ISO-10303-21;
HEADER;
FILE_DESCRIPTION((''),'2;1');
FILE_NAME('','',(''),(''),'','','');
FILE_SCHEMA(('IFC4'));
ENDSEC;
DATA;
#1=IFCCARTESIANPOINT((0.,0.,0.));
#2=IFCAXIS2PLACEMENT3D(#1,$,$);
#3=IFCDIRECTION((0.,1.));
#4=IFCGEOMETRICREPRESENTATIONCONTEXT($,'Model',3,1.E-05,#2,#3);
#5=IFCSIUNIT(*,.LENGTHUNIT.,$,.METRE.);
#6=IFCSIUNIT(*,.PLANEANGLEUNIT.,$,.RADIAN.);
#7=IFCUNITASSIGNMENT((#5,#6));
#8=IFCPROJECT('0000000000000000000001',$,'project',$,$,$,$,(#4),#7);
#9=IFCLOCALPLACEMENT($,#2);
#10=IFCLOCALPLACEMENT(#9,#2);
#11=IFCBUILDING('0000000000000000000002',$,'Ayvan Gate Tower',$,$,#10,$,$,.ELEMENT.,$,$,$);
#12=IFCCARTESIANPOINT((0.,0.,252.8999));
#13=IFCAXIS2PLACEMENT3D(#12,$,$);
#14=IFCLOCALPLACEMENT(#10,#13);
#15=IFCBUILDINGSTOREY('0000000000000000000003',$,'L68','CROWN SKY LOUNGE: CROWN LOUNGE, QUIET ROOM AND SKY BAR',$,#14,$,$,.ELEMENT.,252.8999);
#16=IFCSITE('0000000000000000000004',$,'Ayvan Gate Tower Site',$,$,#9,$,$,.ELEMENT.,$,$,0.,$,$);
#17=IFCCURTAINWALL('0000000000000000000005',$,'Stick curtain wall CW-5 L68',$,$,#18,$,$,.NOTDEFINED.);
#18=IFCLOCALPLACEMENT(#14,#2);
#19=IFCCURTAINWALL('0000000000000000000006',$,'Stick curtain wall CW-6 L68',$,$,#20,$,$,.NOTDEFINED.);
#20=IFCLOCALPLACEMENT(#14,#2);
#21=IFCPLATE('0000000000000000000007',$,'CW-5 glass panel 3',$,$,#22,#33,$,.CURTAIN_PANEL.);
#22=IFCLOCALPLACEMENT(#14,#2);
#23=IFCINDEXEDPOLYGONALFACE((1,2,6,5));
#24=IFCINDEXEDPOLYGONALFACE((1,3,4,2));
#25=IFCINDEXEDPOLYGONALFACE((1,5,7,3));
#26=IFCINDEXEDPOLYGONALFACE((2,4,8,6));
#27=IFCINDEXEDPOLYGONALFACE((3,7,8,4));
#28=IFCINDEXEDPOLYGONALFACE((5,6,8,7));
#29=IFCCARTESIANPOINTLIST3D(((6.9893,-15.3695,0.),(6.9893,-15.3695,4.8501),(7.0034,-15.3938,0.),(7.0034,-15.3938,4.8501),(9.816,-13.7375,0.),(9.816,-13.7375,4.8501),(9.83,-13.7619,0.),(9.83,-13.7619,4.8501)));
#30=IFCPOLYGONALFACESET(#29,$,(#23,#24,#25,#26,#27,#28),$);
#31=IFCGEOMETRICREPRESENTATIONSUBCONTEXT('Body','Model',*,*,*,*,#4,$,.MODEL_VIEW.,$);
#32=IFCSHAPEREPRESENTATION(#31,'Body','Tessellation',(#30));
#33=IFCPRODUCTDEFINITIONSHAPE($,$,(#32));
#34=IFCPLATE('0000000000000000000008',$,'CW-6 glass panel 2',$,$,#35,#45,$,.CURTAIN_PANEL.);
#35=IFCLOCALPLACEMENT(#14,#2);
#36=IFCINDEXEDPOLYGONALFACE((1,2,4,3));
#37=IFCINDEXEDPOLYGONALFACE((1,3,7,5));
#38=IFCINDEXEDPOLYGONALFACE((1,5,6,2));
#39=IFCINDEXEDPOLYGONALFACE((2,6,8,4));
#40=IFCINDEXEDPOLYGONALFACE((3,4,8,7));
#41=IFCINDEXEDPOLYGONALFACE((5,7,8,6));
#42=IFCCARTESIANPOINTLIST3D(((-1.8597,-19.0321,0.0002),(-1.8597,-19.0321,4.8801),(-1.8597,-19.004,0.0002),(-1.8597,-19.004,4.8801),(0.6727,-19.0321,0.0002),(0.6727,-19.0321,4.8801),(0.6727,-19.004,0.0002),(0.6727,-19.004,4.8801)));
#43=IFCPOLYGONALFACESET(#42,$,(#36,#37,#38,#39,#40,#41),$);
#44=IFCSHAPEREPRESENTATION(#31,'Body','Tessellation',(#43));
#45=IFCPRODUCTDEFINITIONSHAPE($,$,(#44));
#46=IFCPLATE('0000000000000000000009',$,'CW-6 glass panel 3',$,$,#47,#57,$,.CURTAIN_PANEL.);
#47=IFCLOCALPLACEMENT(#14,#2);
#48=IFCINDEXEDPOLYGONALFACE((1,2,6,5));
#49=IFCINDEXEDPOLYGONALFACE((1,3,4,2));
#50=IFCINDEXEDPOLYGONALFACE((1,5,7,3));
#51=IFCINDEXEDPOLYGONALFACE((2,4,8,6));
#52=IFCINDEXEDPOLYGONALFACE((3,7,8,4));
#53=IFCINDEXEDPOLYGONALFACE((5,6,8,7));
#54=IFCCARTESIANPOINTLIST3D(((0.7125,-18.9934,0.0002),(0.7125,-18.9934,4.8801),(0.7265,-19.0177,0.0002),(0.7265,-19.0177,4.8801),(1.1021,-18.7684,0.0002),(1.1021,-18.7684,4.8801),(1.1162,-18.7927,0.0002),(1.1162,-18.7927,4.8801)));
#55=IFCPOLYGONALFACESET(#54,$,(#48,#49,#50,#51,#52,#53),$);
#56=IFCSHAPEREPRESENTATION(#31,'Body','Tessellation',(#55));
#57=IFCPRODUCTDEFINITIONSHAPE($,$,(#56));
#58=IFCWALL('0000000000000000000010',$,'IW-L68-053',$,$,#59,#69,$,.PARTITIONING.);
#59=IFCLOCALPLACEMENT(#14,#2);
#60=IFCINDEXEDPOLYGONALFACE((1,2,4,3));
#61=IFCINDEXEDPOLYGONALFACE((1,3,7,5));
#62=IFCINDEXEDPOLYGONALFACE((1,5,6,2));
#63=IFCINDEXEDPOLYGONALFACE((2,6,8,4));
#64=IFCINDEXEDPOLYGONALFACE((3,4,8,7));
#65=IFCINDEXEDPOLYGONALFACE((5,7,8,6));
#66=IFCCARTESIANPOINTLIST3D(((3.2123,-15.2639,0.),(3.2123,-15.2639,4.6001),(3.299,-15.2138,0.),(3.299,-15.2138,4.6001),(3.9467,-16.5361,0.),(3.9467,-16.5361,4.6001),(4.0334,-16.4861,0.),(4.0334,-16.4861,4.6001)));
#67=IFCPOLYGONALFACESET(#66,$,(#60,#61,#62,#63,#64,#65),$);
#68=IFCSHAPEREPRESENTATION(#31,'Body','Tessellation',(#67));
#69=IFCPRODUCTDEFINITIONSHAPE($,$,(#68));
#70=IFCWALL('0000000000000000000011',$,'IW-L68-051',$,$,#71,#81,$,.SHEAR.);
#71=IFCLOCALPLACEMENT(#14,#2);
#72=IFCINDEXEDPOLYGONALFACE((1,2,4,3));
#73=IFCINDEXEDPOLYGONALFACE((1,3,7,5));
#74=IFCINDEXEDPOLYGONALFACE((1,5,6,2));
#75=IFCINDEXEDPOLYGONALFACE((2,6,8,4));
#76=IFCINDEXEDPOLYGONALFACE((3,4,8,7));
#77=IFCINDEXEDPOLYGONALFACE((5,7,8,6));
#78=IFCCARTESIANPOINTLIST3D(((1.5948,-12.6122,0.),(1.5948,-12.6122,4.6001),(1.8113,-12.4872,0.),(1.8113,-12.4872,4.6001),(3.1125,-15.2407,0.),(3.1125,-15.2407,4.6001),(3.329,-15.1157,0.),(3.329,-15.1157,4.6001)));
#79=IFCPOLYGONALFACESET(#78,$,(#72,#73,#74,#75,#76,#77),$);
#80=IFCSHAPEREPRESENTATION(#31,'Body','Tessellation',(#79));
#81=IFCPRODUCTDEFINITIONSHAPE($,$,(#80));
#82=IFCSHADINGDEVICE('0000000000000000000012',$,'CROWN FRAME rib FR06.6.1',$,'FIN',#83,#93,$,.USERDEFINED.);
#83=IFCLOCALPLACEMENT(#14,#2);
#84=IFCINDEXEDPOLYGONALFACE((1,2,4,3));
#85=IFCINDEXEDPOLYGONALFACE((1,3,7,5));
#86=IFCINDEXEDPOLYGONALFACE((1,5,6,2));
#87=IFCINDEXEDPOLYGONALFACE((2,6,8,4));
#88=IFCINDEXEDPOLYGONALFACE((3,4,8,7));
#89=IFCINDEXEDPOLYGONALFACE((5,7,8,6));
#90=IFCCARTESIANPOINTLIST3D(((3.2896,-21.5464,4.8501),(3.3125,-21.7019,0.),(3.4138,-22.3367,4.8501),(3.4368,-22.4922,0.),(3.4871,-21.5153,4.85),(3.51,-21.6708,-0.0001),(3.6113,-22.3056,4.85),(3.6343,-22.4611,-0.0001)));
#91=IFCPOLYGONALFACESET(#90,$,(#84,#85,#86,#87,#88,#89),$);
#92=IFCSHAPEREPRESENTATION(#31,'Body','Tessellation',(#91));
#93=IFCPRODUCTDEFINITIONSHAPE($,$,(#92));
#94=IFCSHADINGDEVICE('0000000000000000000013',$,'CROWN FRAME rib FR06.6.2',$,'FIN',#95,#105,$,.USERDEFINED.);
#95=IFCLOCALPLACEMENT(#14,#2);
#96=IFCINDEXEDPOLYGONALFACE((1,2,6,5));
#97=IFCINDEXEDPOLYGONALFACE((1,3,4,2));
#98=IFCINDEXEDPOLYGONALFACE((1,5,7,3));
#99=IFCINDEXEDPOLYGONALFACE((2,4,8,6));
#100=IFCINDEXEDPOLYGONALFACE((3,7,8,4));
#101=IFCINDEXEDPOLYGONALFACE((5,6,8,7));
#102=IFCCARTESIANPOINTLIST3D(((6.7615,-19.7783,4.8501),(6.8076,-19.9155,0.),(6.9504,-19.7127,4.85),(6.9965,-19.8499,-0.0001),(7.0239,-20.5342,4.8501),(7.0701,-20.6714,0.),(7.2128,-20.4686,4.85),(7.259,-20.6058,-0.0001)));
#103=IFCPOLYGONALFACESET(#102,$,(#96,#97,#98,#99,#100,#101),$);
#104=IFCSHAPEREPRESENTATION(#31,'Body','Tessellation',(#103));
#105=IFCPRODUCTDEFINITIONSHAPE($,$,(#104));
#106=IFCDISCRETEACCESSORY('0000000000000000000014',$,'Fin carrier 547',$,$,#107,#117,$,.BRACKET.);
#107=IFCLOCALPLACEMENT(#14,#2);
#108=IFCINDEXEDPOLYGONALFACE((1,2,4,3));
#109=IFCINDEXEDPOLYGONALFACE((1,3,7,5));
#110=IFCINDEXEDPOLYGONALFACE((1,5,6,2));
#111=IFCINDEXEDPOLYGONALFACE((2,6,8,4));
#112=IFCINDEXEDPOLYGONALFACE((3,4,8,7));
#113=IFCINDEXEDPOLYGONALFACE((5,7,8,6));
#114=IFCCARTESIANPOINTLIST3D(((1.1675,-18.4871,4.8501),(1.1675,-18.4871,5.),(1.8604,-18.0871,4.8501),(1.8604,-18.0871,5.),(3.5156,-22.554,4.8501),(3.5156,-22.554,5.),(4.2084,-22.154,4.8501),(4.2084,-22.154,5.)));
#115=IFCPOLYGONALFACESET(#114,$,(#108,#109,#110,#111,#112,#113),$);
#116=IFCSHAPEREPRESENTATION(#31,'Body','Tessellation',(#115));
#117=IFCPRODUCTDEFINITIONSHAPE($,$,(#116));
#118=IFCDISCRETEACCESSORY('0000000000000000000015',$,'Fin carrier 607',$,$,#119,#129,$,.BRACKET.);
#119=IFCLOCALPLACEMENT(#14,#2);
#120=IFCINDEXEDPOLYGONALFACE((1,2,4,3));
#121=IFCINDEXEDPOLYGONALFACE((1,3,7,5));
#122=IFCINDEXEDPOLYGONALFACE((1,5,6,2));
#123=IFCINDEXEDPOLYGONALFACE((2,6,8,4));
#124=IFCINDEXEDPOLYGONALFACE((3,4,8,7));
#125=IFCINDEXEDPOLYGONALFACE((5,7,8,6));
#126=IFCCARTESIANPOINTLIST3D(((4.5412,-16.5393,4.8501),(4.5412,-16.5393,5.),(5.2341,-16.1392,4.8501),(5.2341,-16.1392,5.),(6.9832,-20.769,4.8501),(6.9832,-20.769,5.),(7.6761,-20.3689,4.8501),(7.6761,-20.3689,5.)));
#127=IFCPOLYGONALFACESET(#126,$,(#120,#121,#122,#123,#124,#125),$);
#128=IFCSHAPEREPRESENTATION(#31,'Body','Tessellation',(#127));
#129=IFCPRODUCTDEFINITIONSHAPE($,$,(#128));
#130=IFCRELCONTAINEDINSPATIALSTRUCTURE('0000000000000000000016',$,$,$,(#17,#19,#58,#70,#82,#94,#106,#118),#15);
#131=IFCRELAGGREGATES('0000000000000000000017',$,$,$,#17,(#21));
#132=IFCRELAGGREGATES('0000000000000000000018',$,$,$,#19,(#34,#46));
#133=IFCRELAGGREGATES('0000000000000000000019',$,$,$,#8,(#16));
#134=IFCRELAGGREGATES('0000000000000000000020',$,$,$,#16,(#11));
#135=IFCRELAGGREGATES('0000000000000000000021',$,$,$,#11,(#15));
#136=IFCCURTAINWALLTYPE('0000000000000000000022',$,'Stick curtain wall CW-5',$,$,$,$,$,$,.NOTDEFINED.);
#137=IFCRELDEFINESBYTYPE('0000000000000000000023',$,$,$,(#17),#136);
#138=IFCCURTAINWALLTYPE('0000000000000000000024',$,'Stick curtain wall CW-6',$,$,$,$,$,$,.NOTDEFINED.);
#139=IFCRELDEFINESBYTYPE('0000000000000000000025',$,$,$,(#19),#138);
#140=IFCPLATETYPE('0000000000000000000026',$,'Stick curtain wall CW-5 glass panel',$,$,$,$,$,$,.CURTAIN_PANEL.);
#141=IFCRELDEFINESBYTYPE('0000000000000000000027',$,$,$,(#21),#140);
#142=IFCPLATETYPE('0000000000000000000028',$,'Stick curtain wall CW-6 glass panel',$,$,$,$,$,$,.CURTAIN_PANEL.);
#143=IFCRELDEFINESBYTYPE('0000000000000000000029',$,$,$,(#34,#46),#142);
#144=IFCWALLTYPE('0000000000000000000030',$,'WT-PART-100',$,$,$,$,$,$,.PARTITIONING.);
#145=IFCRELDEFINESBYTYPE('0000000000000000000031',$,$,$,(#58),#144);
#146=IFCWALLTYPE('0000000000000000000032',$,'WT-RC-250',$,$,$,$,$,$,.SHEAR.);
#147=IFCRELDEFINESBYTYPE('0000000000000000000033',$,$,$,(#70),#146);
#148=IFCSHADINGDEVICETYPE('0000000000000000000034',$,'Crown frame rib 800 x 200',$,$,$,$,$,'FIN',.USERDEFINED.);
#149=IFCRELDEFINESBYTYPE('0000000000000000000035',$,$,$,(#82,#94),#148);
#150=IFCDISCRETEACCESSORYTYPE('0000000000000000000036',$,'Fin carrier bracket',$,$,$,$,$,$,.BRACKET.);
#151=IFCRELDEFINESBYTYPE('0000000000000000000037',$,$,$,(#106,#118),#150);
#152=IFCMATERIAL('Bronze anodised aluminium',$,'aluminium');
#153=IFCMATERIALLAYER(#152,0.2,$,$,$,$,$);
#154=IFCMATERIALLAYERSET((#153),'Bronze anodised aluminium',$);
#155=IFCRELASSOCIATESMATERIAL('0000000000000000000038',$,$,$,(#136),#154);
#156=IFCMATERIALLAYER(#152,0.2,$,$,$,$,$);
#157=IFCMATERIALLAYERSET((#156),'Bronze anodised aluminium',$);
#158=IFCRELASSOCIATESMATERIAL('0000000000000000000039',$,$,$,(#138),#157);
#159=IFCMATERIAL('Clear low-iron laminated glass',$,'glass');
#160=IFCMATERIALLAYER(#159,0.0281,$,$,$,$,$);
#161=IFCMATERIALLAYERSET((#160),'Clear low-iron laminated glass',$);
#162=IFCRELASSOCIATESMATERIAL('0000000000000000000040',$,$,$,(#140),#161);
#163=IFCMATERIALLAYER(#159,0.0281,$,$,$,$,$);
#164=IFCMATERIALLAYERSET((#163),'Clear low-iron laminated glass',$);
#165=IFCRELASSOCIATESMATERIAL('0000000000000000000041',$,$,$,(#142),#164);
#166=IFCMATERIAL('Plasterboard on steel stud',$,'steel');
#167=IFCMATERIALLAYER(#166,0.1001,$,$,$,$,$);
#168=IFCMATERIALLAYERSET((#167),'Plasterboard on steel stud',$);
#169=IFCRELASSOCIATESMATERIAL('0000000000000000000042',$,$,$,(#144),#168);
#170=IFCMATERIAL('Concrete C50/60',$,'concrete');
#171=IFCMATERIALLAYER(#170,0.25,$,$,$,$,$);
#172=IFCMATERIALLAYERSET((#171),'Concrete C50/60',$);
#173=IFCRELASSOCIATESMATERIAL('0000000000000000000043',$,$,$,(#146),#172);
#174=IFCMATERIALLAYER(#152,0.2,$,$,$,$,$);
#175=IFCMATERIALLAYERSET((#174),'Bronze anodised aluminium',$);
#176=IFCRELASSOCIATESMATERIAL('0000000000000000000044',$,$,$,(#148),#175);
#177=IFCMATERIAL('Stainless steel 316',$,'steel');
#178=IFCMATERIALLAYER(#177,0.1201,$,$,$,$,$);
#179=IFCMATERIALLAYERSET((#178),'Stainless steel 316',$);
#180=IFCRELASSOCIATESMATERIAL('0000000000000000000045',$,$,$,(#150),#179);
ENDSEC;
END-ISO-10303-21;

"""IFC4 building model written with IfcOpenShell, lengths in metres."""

from ifc_helpers import new_model, si_unit, direction, frame, frame_2d, origin, origin_2d, place, context, subcontext, project, spatial, polyline, rectangle, outline, extrude, material, layer, layer_set, type_object, element, aggregate, save


model = new_model("IFC4")

# Units and contexts
model_context = context("Model", 3, precision=1e-05, world=origin(), true_north=direction((0.0, 1.0)))
body_context = subcontext(model_context, "Body", "Model", "MODEL_VIEW")
ifc_project = project(units=[si_unit("LENGTHUNIT", "METRE"), si_unit("PLANEANGLEUNIT", "RADIAN")], contexts=[model_context])

# Site, building, storey
site_placement = place(None, origin())
site = spatial("IfcSite", under=ifc_project, at=site_placement, Name="Ayvan Gate Tower Site", CompositionType="ELEMENT", RefElevation=0.0)
building_placement = place(site_placement, origin())
building = spatial("IfcBuilding", under=site, at=building_placement, Name="Ayvan Gate Tower", CompositionType="ELEMENT")
storey_placement = place(building_placement, frame((0.0, 0.0, 252.8999)))
storey = spatial("IfcBuildingStorey", under=building, at=storey_placement, Name="L68", Description="CROWN SKY LOUNGE: CROWN LOUNGE, QUIET ROOM AND SKY BAR", CompositionType="ELEMENT", Elevation=252.8999)

# Shared definitions
ifc_material_1 = material(Name="Concrete C50/60", Category="concrete")

# Curtain walls
ifc_material_2 = material(Name="Bronze anodised aluminium", Category="aluminium")
ifc_layer_1 = layer(ifc_material_2, 0.2)
ifc_layer_set_1 = layer_set([ifc_layer_1], Name="Bronze anodised aluminium")
curtain_wall_type_1 = type_object("IfcCurtainWallType", Name="Stick curtain wall CW-5", PredefinedType="NOTDEFINED", material=ifc_layer_set_1)
curtain_wall_1_placement = place(storey_placement, origin())
curtain_wall_1 = element("IfcCurtainWall", 1, at=curtain_wall_1_placement, inside=storey, type_object=curtain_wall_type_1, Name="Stick curtain wall CW-5 L68", PredefinedType="NOTDEFINED")
ifc_layer_2 = layer(ifc_material_2, 0.2)
ifc_layer_set_2 = layer_set([ifc_layer_2], Name="Bronze anodised aluminium")
curtain_wall_type_2 = type_object("IfcCurtainWallType", Name="Stick curtain wall CW-6", PredefinedType="NOTDEFINED", material=ifc_layer_set_2)
curtain_wall_2_placement = place(storey_placement, origin())
curtain_wall_2 = element("IfcCurtainWall", 2, at=curtain_wall_2_placement, inside=storey, type_object=curtain_wall_type_2, Name="Stick curtain wall CW-6 L68", PredefinedType="NOTDEFINED")

# Plates
ifc_material_3 = material(Name="Clear low-iron laminated glass", Category="glass")
ifc_layer_3 = layer(ifc_material_3, 0.0281)
ifc_layer_set_3 = layer_set([ifc_layer_3], Name="Clear low-iron laminated glass")
plate_type_1 = type_object("IfcPlateType", Name="Stick curtain wall CW-5 glass panel", PredefinedType="CURTAIN_PANEL", material=ifc_layer_set_3)
plate_1_placement = place(storey_placement, frame((8.4097, -14.5657, 0.0), z_axis=(0.0, 0.0, 1.0), x_axis=(0.866025, 0.5, 0.0)))
plate_1 = element("IfcPlate", 3, at=plate_1_placement, type_object=plate_type_1, Name="CW-5 glass panel 3", PredefinedType="CURTAIN_PANEL", context=body_context, shape_type="SweptSolid", body=[
    extrude(rectangle(XDim=3.2639, YDim=0.0281, at=origin_2d()), origin(), (0.0, 0.0, 1.0), 4.8501),
])
aggregate(curtain_wall_1, [plate_1])
ifc_layer_4 = layer(ifc_material_3, 0.0281)
ifc_layer_set_4 = layer_set([ifc_layer_4], Name="Clear low-iron laminated glass")
plate_type_2 = type_object("IfcPlateType", Name="Stick curtain wall CW-6 glass panel", PredefinedType="CURTAIN_PANEL", material=ifc_layer_set_4)
plate_2_placement = place(storey_placement, frame((-0.5935, -19.0181, 0.0002), z_axis=(0.0, 0.0, 1.0), x_axis=(1.0, 0.0, 0.0)))
plate_2 = element("IfcPlate", 4, at=plate_2_placement, type_object=plate_type_2, Name="CW-6 glass panel 2", PredefinedType="CURTAIN_PANEL", context=body_context, shape_type="SweptSolid", body=[
    extrude(rectangle(XDim=2.5325, YDim=0.0281, at=origin_2d()), origin(), (0.0, 0.0, 1.0), 4.8799),
])
plate_3_placement = place(storey_placement, frame((0.9143, -18.8931, 0.0002), z_axis=(0.0, 0.0, 1.0), x_axis=(0.866025, 0.5, 0.0)))
plate_3 = element("IfcPlate", 5, at=plate_3_placement, type_object=plate_type_2, Name="CW-6 glass panel 3", PredefinedType="CURTAIN_PANEL", context=body_context, shape_type="SweptSolid", body=[
    extrude(rectangle(XDim=0.45, YDim=0.0281, at=origin_2d()), origin(), (0.0, 0.0, 1.0), 4.8799),
])
aggregate(curtain_wall_2, [plate_2, plate_3])

# Walls
ifc_material_4 = material(Name="Plasterboard on steel stud", Category="steel")
ifc_layer_5 = layer(ifc_material_4, 0.1001)
ifc_layer_set_5 = layer_set([ifc_layer_5], Name="Plasterboard on steel stud")
wall_type_1 = type_object("IfcWallType", Name="WT-PART-100", PredefinedType="PARTITIONING", material=ifc_layer_set_5)
wall_1_placement = place(storey_placement, frame((3.99, -16.511, 0.0), z_axis=(0.0, 0.0, 1.0), x_axis=(-0.499929, 0.866067, 0.0)))
element("IfcWall", 6, at=wall_1_placement, inside=storey, type_object=wall_type_1, Name="IW-L68-053", PredefinedType="PARTITIONING", context=body_context, shape_type="SweptSolid", body=[
    extrude(rectangle(XDim=1.469, YDim=0.1001, at=frame_2d((0.7344, 0.0))), origin(), (0.0, 0.0, 1.0), 4.6001),
])
ifc_layer_6 = layer(ifc_material_1, 0.25)
ifc_layer_set_6 = layer_set([ifc_layer_6], Name="Concrete C50/60")
wall_type_2 = type_object("IfcWallType", Name="WT-RC-250", PredefinedType="SHEAR", material=ifc_layer_set_6)
wall_2_placement = place(storey_placement, frame((3.2207, -15.1782, 0.0), z_axis=(0.0, 0.0, 1.0), x_axis=(-0.500015, 0.866017, 0.0)))
element("IfcWall", 7, at=wall_2_placement, inside=storey, type_object=wall_type_2, Name="IW-L68-051", PredefinedType="SHEAR", context=body_context, shape_type="SweptSolid", body=[
    extrude(rectangle(XDim=3.0352, YDim=0.25, at=frame_2d((1.5176, 0.0))), origin(), (0.0, 0.0, 1.0), 4.6001),
])

# Shading devices
ifc_layer_7 = layer(ifc_material_2, 0.2)
ifc_layer_set_7 = layer_set([ifc_layer_7], Name="Bronze anodised aluminium")
shading_device_type = type_object("IfcShadingDeviceType", Name="Crown frame rib 800 x 200", ElementType="FIN", PredefinedType="USERDEFINED", material=ifc_layer_set_7)
shading_device_1_placement = place(storey_placement, frame((3.3125, -21.7019, 0.0), z_axis=(-0.987862, -0.155336, 0.000307), x_axis=(0.155336, -0.987862, 0.0)))
element("IfcShadingDevice", 8, at=shading_device_1_placement, inside=storey, type_object=shading_device_type, Name="CROWN FRAME rib FR06.6.1", ObjectType="FIN", PredefinedType="USERDEFINED", context=body_context, shape_type="SweptSolid", body=[
    extrude(outline(polyline([(0.0, 0.0), (0.8, 0.0), (0.6428, 4.8501), (-0.1572, 4.8501), (0.0, 0.0)])), origin(), (0.0, 0.0, -1.0), 0.2),
])
shading_device_2_placement = place(storey_placement, frame((6.8076, -19.9155, 0.0), z_axis=(-0.944674, -0.328012, 0.000292), x_axis=(0.328012, -0.944674, 0.0)))
element("IfcShadingDevice", 9, at=shading_device_2_placement, inside=storey, type_object=shading_device_type, Name="CROWN FRAME rib FR06.6.2", ObjectType="FIN", PredefinedType="USERDEFINED", context=body_context, shape_type="SweptSolid", body=[
    extrude(outline(polyline([(0.0, 0.0), (0.8001, 0.0), (0.6554, 4.8501), (-0.1448, 4.8501), (0.0, 0.0)])), origin(), (0.0, 0.0, -1.0), 0.2),
])

# Discrete accessories
ifc_material_5 = material(Name="Stainless steel 316", Category="steel")
ifc_layer_8 = layer(ifc_material_5, 0.1201)
ifc_layer_set_8 = layer_set([ifc_layer_8], Name="Stainless steel 316")
discrete_accessory_type = type_object("IfcDiscreteAccessoryType", Name="Fin carrier bracket", PredefinedType="BRACKET", material=ifc_layer_set_8)
discrete_accessory_1_placement = place(storey_placement, frame((2.688, -20.3206, 4.8501), z_axis=(0.0, 0.0, 1.0), x_axis=(0.866025, 0.5, 0.0)))
element("IfcDiscreteAccessory", 10, at=discrete_accessory_1_placement, inside=storey, type_object=discrete_accessory_type, Name="Fin carrier 547", PredefinedType="BRACKET", context=body_context, shape_type="SweptSolid", body=[
    extrude(rectangle(XDim=0.8, YDim=4.696, at=origin_2d()), origin(), (0.0, 0.0, 1.0), 0.1499),
])
discrete_accessory_2_placement = place(storey_placement, frame((6.1086, -18.4541, 4.8501), z_axis=(0.0, 0.0, 1.0), x_axis=(0.866025, 0.5, 0.0)))
element("IfcDiscreteAccessory", 11, at=discrete_accessory_2_placement, inside=storey, type_object=discrete_accessory_type, Name="Fin carrier 607", PredefinedType="BRACKET", context=body_context, shape_type="SweptSolid", body=[
    extrude(rectangle(XDim=0.8, YDim=4.884, at=origin_2d()), origin(), (0.0, 0.0, 1.0), 0.1499),
])

save(model, "model.ifc")
